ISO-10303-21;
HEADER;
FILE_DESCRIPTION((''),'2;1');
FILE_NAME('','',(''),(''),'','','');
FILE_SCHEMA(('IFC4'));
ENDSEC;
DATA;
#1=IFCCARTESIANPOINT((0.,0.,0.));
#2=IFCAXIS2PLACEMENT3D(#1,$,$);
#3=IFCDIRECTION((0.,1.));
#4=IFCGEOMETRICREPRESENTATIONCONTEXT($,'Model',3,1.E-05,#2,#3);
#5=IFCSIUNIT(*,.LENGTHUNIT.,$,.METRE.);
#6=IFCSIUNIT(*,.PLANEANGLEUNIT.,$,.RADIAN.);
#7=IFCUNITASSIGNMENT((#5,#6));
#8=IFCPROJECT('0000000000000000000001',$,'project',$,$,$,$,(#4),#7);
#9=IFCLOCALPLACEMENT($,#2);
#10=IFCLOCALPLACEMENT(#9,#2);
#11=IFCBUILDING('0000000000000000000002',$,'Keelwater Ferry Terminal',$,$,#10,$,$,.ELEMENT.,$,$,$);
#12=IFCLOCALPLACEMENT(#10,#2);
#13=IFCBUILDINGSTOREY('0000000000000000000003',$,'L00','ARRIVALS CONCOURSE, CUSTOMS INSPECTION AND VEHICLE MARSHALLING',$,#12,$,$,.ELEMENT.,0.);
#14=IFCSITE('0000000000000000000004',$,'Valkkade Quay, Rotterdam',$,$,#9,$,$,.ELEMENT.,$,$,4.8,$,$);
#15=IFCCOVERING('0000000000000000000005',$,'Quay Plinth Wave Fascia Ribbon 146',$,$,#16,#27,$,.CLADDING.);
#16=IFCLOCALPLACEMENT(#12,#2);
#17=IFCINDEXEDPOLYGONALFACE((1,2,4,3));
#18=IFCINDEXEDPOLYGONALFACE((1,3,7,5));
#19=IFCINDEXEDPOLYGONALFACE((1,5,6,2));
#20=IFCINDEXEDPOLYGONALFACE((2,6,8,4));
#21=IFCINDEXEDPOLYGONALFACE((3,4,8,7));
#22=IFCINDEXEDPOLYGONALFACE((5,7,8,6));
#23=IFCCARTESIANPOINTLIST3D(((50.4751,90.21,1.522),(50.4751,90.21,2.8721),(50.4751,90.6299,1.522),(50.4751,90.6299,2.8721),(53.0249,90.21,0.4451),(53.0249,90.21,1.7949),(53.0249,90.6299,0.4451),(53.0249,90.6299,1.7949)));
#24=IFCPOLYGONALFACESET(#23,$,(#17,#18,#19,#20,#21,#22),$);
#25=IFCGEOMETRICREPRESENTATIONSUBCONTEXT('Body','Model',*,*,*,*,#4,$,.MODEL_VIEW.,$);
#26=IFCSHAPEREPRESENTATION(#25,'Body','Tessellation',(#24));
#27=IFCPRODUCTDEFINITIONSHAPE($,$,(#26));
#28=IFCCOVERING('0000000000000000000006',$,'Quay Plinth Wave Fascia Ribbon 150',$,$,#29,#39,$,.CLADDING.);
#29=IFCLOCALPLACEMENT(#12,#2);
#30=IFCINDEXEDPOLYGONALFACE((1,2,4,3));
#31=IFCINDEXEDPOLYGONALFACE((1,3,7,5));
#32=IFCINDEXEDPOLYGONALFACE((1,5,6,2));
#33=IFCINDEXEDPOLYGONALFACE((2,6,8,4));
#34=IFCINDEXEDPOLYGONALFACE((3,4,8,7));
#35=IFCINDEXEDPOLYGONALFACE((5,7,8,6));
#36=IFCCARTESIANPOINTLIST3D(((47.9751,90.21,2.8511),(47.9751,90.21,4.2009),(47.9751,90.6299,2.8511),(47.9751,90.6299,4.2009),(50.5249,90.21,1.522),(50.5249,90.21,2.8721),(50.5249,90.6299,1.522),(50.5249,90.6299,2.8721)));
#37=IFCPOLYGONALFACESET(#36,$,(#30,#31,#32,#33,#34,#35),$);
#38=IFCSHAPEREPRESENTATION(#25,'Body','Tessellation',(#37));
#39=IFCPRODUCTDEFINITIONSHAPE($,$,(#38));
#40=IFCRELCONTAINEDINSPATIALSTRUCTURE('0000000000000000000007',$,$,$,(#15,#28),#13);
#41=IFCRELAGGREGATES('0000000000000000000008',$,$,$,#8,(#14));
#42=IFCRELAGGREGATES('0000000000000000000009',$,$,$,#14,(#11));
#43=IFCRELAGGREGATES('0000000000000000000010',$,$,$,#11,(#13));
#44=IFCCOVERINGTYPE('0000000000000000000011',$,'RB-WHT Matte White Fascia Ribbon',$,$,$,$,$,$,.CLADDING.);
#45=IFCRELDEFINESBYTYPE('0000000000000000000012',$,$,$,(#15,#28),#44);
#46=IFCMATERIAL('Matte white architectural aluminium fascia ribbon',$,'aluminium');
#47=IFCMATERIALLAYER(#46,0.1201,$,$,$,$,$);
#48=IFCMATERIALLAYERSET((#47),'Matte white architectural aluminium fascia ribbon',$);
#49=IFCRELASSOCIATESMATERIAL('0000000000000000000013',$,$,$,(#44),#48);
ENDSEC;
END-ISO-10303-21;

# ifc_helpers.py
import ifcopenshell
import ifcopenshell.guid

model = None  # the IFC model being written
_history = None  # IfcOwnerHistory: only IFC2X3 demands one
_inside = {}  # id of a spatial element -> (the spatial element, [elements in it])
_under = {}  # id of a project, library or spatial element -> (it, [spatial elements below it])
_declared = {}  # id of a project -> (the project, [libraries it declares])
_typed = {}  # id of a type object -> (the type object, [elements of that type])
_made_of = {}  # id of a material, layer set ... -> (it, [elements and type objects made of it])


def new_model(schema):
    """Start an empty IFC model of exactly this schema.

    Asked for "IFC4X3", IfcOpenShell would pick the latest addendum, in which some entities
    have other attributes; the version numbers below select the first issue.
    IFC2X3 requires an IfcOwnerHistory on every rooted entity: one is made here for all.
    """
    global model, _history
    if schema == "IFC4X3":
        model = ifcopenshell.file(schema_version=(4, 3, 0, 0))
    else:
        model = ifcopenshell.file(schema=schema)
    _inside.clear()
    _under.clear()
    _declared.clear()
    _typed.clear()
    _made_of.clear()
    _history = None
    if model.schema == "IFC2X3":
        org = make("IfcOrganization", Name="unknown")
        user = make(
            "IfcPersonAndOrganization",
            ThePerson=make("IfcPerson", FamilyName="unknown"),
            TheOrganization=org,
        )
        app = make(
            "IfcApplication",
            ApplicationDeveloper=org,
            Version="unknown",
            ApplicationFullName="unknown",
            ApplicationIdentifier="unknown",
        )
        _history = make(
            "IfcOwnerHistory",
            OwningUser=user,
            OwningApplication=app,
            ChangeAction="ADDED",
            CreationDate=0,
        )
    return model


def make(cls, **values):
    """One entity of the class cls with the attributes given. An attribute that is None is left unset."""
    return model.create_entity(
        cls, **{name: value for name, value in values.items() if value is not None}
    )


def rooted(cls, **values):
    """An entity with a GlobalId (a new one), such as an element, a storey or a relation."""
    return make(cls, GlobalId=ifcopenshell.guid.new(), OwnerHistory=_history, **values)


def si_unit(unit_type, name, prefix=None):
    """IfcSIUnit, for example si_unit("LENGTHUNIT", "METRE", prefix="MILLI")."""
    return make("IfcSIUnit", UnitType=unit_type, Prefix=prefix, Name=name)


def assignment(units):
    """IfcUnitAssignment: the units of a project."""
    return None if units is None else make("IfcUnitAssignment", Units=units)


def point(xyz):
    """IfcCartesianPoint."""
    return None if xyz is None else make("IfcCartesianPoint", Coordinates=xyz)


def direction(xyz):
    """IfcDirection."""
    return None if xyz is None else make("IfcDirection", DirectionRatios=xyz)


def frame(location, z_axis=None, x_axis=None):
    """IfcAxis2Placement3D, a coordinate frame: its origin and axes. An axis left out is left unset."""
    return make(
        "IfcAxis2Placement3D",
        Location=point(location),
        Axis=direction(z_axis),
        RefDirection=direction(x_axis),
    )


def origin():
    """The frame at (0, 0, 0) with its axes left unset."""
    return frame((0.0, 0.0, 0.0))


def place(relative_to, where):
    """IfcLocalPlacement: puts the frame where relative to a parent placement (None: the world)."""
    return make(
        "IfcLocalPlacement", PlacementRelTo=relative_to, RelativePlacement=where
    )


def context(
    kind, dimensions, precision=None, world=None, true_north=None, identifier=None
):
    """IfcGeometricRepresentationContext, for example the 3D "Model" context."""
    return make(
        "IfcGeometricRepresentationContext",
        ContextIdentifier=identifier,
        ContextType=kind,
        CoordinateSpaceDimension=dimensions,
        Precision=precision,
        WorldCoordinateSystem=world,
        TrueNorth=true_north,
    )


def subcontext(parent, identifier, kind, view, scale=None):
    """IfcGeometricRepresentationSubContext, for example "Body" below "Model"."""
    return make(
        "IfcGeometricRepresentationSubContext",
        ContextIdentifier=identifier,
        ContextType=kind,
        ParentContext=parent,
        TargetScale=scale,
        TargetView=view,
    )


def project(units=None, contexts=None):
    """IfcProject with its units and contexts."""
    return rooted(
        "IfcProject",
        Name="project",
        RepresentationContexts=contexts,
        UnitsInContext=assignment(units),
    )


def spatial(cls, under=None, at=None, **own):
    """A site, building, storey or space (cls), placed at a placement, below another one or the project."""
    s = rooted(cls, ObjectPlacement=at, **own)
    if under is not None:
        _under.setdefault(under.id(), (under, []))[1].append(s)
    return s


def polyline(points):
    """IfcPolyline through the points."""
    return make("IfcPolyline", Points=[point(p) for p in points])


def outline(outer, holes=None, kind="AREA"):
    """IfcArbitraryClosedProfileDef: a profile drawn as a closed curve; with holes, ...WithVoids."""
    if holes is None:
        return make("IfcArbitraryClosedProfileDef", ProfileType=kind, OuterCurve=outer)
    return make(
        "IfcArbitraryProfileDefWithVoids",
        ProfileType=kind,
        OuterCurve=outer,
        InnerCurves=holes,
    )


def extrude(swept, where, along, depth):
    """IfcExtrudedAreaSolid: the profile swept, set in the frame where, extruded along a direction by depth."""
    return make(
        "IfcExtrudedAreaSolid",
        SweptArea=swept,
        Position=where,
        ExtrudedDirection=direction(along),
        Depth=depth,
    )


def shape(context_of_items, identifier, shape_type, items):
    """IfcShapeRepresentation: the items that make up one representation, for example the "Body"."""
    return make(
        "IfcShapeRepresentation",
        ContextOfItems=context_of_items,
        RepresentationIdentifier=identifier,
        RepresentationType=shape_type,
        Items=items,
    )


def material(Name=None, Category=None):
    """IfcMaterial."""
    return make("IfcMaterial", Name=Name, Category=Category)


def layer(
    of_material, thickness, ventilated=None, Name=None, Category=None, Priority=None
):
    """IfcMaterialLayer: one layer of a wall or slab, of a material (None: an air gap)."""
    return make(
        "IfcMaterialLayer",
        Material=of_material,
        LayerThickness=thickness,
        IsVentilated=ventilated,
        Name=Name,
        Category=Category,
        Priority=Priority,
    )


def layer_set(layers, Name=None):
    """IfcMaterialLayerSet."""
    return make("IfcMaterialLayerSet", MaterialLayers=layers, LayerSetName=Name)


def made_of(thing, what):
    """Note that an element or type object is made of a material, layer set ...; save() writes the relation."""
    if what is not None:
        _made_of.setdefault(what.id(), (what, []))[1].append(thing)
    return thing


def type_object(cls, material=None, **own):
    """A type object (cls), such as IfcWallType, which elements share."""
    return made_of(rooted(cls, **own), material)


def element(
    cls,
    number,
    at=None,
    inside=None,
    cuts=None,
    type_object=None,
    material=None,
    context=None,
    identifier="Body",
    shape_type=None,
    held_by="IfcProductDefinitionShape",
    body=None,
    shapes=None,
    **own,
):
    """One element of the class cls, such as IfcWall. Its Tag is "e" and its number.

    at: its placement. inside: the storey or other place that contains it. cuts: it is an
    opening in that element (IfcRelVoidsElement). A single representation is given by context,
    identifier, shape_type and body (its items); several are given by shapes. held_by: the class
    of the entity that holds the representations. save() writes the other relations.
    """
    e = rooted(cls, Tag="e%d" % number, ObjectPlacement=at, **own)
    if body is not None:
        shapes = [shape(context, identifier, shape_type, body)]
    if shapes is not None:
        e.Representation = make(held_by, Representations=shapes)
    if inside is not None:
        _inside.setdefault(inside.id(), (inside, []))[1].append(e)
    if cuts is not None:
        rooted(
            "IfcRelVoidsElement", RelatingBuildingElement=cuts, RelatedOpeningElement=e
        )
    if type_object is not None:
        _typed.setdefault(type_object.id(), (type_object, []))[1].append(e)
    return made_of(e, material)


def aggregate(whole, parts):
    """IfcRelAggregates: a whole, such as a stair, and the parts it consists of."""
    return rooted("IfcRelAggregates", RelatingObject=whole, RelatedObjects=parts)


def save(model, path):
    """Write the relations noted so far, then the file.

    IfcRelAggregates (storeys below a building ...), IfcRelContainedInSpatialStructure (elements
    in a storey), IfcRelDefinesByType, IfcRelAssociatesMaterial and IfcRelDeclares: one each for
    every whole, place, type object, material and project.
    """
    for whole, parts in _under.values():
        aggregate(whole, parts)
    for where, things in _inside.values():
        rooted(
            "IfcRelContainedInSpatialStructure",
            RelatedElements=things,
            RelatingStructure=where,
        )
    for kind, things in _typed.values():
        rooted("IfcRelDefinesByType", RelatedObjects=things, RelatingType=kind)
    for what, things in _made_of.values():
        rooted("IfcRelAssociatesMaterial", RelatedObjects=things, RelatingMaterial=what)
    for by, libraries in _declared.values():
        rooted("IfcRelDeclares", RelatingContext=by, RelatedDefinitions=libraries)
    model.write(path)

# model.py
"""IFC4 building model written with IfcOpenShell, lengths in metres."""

from ifc_helpers import new_model, si_unit, direction, frame, origin, place, context, subcontext, project, spatial, polyline, outline, extrude, material, layer, layer_set, type_object, element, save


model = new_model("IFC4")

# Units and contexts
model_context = context("Model", 3, precision=1e-05, world=origin(), true_north=direction((0.0, 1.0)))
body_context = subcontext(model_context, "Body", "Model", "MODEL_VIEW")
ifc_project = project(units=[si_unit("LENGTHUNIT", "METRE"), si_unit("PLANEANGLEUNIT", "RADIAN")], contexts=[model_context])

# Site, building, storey
site_placement = place(None, origin())
site = spatial("IfcSite", under=ifc_project, at=site_placement, Name="Valkkade Quay, Rotterdam", CompositionType="ELEMENT", RefElevation=4.8)
building_placement = place(site_placement, origin())
building = spatial("IfcBuilding", under=site, at=building_placement, Name="Keelwater Ferry Terminal", CompositionType="ELEMENT")
storey_placement = place(building_placement, origin())
storey = spatial("IfcBuildingStorey", under=building, at=storey_placement, Name="L00", Description="ARRIVALS CONCOURSE, CUSTOMS INSPECTION AND VEHICLE MARSHALLING", CompositionType="ELEMENT", Elevation=0.0)

# Coverings
ifc_material_1 = material(Name="Matte white architectural aluminium fascia ribbon", Category="aluminium")
ifc_layer_1 = layer(ifc_material_1, 0.1201)
ifc_layer_set_1 = layer_set([ifc_layer_1], Name="Matte white architectural aluminium fascia ribbon")
covering_type = type_object("IfcCoveringType", Name="RB-WHT Matte White Fascia Ribbon", PredefinedType="CLADDING", material=ifc_layer_set_1)
covering_1_placement = place(storey_placement, frame((53.0249, 90.4199, 0.4451), z_axis=(0.0, 0.0, 1.0), x_axis=(-1.0, 0.0, 0.0)))
element("IfcCovering", 1, at=covering_1_placement, inside=storey, type_object=covering_type, Name="Quay Plinth Wave Fascia Ribbon 146", PredefinedType="CLADDING", context=body_context, shape_type="SweptSolid", body=[
    extrude(outline(polyline([(0.0, 0.0), (2.5498, 1.0769), (2.5498, 2.427), (0.0, 1.3499), (0.0, 0.0)])), frame((0.0, 0.21, 0.0), z_axis=(0.0, -1.0, 0.0), x_axis=(1.0, 0.0, 0.0)), (0.0, 0.0, 1.0), 0.4199),
])
covering_2_placement = place(storey_placement, frame((50.5249, 90.4199, 1.522), z_axis=(0.0, 0.0, 1.0), x_axis=(-1.0, 0.0, 0.0)))
element("IfcCovering", 2, at=covering_2_placement, inside=storey, type_object=covering_type, Name="Quay Plinth Wave Fascia Ribbon 150", PredefinedType="CLADDING", context=body_context, shape_type="SweptSolid", body=[
    extrude(outline(polyline([(0.0, 0.0), (2.5498, 1.3291), (2.5498, 2.679), (0.0, 1.3501), (0.0, 0.0)])), frame((0.0, 0.21, 0.0), z_axis=(0.0, -1.0, 0.0), x_axis=(1.0, 0.0, 0.0)), (0.0, 0.0, 1.0), 0.4199),
])

save(model, "model.ifc")
